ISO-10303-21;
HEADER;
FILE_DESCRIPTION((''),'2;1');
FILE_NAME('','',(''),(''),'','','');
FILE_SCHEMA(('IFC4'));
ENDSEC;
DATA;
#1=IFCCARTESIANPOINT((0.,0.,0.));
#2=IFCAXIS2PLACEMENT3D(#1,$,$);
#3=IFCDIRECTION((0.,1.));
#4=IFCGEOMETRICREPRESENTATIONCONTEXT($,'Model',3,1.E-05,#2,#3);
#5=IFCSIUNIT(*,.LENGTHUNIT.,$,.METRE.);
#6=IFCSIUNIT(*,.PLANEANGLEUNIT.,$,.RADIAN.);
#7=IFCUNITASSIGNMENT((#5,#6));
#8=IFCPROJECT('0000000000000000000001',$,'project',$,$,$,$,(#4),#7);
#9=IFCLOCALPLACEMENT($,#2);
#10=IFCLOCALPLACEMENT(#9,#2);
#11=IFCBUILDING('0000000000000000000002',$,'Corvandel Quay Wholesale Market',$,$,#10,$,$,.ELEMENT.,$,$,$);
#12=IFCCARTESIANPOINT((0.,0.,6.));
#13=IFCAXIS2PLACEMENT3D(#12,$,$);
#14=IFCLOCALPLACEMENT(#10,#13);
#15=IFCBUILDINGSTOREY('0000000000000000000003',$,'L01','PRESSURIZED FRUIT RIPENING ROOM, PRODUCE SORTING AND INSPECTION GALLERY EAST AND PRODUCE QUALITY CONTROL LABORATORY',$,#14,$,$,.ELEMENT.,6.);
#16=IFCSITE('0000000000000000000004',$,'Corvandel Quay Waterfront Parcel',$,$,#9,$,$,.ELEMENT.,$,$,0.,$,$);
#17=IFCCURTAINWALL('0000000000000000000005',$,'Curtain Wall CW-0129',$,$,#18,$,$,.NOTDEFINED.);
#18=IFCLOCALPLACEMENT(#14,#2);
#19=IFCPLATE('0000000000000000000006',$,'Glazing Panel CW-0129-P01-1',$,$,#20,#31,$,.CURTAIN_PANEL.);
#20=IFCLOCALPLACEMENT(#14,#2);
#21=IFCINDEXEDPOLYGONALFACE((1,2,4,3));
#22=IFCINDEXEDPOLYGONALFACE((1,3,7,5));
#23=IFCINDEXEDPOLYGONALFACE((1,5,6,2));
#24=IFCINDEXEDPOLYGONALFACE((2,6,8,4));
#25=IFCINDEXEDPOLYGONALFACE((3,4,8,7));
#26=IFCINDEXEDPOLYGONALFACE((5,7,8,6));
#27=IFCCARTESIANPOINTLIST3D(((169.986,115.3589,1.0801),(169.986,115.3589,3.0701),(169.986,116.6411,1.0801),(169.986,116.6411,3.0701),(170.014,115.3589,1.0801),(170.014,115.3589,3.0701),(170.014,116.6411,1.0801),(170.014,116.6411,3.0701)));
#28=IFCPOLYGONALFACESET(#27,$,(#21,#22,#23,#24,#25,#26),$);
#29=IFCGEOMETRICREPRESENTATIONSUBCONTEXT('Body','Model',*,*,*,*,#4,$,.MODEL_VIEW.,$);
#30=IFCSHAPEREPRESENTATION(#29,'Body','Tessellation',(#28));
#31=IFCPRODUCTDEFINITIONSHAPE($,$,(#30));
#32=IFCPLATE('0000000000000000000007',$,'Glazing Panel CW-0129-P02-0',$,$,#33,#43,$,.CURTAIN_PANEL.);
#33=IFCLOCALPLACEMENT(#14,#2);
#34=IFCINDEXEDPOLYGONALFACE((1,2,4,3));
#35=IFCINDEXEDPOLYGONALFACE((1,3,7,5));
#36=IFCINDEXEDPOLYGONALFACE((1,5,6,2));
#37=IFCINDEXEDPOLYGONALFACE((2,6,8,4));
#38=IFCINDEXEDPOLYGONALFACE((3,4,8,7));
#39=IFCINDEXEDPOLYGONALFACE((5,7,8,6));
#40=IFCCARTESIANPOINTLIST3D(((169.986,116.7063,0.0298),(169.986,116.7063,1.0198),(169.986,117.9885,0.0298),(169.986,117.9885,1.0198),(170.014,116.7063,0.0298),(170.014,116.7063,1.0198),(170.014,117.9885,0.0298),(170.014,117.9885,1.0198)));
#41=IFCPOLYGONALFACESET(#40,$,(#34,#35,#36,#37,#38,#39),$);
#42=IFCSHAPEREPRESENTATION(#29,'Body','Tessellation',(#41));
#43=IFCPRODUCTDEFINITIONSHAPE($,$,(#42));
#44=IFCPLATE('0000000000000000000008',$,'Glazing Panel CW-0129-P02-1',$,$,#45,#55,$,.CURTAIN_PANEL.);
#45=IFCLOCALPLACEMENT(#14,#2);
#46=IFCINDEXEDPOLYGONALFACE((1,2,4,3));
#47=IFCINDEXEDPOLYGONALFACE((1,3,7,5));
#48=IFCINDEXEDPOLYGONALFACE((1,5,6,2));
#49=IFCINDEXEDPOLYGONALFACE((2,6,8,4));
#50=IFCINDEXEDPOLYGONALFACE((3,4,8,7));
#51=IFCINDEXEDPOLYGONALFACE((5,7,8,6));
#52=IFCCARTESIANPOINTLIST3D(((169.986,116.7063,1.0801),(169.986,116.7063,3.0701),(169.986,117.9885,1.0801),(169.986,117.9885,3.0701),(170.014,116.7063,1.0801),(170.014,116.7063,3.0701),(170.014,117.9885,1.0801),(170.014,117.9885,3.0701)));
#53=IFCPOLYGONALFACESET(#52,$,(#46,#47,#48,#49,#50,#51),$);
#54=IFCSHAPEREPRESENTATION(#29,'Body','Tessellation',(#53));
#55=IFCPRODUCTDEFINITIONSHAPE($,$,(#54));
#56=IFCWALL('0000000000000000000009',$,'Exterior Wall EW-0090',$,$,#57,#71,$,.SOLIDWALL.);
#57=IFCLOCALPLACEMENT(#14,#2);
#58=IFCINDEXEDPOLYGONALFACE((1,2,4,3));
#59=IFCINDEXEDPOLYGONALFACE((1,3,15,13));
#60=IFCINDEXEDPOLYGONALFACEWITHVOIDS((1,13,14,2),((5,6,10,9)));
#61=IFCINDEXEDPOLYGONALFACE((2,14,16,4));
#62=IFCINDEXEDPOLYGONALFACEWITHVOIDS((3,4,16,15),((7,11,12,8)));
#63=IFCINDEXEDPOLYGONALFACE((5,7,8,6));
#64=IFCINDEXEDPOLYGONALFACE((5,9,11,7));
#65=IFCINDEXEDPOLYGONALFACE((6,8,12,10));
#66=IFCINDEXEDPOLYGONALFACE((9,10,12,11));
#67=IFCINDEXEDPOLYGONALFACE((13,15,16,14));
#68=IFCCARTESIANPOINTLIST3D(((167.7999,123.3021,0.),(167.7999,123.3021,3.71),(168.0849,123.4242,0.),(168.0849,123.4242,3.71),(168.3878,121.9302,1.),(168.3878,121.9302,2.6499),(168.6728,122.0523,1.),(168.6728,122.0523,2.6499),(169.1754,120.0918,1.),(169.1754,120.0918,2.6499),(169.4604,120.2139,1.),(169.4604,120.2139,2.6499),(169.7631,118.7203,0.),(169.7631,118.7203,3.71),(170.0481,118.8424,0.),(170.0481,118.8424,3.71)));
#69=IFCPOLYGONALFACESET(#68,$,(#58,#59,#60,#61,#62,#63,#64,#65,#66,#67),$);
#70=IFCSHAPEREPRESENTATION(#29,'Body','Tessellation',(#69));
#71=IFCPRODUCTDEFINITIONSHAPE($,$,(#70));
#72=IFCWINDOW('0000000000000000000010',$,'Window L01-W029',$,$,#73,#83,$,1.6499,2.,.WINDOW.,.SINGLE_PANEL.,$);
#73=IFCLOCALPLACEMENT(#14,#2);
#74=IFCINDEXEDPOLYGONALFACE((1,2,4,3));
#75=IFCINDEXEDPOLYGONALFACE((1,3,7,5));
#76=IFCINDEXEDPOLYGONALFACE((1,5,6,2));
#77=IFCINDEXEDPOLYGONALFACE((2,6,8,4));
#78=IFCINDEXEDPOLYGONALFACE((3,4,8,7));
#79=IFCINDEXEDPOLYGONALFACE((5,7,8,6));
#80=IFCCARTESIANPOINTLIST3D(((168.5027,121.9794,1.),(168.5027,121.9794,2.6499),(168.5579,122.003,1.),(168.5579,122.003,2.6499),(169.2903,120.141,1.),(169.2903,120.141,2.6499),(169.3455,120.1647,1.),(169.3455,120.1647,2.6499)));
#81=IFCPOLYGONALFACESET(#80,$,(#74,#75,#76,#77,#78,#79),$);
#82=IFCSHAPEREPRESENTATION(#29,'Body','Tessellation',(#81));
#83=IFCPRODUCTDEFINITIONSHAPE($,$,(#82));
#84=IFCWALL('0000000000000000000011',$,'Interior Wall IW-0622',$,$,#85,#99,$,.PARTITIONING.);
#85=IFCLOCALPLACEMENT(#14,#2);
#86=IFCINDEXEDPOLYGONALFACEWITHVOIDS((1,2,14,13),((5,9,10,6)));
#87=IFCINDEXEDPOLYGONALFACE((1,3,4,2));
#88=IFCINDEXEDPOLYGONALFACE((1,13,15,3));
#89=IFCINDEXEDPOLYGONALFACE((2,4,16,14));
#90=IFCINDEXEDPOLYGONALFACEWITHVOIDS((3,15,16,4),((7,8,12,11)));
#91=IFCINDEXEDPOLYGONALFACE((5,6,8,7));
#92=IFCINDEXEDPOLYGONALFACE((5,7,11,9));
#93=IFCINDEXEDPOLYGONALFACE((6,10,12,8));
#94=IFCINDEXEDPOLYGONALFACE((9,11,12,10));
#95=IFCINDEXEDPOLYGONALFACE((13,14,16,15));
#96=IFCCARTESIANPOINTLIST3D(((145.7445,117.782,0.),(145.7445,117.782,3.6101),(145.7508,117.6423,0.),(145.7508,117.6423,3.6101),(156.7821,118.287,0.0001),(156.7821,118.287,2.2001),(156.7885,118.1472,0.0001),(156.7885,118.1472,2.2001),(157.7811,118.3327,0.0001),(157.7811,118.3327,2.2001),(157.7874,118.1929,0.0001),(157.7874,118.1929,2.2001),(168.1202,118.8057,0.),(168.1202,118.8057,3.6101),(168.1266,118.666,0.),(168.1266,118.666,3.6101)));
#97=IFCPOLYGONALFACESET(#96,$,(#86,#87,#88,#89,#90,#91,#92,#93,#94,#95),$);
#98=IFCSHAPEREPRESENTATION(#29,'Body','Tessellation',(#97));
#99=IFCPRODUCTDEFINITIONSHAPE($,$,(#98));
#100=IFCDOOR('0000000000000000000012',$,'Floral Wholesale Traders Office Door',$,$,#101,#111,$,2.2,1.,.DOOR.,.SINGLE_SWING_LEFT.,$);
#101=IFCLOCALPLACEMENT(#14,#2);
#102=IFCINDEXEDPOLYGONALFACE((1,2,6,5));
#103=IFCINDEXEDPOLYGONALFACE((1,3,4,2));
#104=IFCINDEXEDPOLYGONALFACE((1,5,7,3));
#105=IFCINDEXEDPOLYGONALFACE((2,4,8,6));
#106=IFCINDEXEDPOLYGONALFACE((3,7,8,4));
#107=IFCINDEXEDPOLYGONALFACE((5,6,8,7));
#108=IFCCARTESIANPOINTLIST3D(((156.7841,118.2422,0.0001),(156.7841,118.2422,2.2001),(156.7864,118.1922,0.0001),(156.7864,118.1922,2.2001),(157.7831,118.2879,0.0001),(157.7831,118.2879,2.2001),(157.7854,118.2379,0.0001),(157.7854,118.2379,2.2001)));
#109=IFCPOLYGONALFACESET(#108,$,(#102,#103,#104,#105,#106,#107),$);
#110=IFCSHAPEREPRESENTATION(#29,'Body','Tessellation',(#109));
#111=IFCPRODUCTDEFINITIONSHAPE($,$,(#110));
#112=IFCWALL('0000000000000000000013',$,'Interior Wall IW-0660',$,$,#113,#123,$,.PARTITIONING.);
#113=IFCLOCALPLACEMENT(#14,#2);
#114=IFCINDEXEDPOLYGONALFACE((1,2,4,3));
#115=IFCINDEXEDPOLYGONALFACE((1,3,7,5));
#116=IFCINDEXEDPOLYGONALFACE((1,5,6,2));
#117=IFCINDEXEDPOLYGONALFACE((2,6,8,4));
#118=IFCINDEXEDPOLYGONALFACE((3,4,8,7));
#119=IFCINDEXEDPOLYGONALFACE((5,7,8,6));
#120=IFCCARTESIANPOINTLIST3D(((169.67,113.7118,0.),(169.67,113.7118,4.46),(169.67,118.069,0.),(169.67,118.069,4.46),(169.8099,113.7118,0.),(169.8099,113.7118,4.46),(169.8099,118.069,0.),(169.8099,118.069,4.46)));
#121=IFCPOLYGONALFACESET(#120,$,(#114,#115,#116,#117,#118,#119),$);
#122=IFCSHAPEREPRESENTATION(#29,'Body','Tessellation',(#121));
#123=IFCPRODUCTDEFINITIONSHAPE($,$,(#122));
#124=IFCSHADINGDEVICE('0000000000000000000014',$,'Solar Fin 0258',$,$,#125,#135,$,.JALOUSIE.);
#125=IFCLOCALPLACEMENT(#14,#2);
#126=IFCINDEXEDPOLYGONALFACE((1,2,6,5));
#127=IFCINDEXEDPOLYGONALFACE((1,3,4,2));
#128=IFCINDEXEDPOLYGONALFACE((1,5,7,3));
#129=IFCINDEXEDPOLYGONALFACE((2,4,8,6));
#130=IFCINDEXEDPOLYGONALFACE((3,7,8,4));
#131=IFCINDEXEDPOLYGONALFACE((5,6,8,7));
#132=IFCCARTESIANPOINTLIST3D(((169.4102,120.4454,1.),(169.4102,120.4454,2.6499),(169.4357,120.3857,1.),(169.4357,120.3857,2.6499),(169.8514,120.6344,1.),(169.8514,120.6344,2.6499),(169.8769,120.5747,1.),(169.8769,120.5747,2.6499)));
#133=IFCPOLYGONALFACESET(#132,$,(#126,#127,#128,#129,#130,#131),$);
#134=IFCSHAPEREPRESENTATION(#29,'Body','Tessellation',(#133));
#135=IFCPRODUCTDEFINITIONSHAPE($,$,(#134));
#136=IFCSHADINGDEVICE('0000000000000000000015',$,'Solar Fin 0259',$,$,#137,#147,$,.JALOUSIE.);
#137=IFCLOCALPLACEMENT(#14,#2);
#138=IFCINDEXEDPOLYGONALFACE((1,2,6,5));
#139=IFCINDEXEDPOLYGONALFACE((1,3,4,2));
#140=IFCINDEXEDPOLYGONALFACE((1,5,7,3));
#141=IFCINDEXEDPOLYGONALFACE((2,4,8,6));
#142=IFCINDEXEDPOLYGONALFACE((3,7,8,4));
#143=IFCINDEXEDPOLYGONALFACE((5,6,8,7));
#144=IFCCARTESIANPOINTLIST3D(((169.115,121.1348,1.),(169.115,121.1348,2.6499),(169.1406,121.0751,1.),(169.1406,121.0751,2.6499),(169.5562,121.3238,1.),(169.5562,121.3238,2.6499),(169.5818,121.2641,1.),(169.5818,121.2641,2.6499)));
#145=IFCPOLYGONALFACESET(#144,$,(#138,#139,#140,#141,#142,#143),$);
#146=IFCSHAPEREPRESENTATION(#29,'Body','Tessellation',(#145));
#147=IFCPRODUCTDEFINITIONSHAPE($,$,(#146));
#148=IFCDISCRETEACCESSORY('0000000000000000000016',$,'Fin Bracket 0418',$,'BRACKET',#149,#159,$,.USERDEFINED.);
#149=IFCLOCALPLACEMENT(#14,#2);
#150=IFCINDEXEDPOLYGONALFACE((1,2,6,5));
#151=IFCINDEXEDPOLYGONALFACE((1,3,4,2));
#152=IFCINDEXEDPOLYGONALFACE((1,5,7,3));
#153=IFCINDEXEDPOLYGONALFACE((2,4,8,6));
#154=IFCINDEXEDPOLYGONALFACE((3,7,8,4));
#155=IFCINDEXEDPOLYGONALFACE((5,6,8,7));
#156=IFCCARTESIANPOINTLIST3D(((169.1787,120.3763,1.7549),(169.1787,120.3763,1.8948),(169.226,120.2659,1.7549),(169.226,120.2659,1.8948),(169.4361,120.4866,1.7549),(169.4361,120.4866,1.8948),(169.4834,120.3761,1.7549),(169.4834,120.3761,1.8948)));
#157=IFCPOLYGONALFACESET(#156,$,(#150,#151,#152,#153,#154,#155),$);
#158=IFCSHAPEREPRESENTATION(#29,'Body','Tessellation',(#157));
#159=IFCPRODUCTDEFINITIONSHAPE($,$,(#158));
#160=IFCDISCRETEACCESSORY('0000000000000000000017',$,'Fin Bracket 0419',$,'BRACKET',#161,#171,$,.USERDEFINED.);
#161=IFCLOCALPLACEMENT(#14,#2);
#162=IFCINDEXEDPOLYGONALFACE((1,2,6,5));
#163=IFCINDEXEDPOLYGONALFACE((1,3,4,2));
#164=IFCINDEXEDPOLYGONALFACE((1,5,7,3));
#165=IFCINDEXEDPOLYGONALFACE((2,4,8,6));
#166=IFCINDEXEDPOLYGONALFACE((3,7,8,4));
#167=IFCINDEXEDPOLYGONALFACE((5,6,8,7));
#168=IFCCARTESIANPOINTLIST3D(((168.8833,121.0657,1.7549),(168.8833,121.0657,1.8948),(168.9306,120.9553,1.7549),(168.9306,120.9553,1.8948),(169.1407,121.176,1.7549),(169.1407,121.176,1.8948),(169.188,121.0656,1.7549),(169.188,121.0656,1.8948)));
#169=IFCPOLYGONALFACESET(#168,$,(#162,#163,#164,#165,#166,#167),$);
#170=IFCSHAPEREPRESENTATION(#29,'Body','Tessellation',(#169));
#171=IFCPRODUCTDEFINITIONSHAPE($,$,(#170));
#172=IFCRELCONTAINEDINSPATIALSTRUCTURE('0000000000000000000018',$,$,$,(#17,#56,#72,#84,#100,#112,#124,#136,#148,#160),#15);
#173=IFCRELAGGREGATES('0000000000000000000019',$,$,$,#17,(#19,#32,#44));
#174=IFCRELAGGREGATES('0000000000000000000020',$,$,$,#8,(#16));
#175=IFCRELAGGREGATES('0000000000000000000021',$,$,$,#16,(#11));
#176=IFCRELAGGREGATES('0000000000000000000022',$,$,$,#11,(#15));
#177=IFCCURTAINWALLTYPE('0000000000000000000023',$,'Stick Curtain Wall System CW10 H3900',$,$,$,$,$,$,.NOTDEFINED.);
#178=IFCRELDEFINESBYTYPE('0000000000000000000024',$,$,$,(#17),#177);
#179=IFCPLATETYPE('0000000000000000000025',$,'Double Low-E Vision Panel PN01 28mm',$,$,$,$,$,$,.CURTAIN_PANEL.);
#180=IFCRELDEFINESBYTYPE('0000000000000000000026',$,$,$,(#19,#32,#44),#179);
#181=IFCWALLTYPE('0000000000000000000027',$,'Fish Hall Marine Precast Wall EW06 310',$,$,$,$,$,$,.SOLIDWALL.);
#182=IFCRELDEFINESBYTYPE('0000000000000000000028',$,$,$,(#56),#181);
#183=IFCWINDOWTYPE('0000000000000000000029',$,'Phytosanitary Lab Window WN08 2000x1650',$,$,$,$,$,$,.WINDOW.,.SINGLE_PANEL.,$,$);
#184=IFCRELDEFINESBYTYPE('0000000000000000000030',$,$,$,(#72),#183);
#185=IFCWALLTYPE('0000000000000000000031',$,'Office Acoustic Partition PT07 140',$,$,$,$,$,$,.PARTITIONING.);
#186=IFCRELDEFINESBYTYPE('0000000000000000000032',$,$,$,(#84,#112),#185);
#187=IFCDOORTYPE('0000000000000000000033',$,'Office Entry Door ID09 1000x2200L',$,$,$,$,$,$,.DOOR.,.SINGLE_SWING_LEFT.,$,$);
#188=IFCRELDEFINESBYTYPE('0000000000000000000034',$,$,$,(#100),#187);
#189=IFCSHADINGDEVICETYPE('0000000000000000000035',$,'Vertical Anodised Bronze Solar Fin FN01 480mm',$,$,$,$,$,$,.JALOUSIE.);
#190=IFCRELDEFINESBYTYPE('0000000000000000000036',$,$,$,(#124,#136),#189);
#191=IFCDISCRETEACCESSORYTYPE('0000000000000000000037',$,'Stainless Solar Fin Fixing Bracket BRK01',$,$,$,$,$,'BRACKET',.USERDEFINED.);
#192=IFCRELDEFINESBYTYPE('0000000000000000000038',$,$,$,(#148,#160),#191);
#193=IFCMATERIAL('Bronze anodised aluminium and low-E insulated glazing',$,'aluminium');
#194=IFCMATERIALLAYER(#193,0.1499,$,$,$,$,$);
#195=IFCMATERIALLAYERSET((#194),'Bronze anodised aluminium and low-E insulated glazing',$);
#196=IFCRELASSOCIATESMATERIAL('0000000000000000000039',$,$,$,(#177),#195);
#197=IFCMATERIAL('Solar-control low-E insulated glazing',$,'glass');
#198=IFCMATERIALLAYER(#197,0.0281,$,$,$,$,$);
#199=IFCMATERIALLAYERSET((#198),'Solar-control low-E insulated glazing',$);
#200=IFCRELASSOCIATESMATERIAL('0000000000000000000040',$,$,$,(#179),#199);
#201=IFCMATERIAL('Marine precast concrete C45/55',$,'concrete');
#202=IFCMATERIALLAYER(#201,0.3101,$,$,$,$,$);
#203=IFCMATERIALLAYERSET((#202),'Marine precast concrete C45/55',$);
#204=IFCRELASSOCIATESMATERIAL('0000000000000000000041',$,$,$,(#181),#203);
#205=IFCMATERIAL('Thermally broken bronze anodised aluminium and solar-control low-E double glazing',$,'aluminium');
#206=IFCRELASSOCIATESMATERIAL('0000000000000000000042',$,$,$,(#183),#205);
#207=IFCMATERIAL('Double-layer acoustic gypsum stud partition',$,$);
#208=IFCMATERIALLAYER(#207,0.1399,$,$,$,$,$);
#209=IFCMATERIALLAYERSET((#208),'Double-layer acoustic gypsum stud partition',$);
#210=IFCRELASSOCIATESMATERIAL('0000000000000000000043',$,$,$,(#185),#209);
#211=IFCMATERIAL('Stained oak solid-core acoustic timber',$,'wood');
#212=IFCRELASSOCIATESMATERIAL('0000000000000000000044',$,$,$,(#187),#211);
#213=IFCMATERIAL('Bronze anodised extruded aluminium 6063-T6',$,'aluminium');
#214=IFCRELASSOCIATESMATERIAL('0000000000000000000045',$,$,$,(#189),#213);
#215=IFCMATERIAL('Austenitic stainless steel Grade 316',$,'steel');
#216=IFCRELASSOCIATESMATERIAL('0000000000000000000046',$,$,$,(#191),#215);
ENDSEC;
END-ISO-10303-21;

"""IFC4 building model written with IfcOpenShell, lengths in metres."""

from ifc_helpers import new_model, si_unit, direction, frame, frame_2d, origin, origin_2d, place, context, subcontext, project, spatial, rectangle, extrude, material, layer, layer_set, type_object, element, fill, aggregate, save


model = new_model("IFC4")

# Units and contexts
model_context = context("Model", 3, precision=1e-05, world=origin(), true_north=direction((0.0, 1.0)))
body_context = subcontext(model_context, "Body", "Model", "MODEL_VIEW")
ifc_project = project(units=[si_unit("LENGTHUNIT", "METRE"), si_unit("PLANEANGLEUNIT", "RADIAN")], contexts=[model_context])

# Site, building, storey
site_placement = place(None, origin())
site = spatial("IfcSite", under=ifc_project, at=site_placement, Name="Corvandel Quay Waterfront Parcel", CompositionType="ELEMENT", RefElevation=0.0)
building_placement = place(site_placement, origin())
building = spatial("IfcBuilding", under=site, at=building_placement, Name="Corvandel Quay Wholesale Market", CompositionType="ELEMENT")
storey_placement = place(building_placement, frame((0.0, 0.0, 6.0)))
storey = spatial("IfcBuildingStorey", under=building, at=storey_placement, Name="L01", Description="PRESSURIZED FRUIT RIPENING ROOM, PRODUCE SORTING AND INSPECTION GALLERY EAST AND PRODUCE QUALITY CONTROL LABORATORY", CompositionType="ELEMENT", Elevation=6.0)

# Curtain wall
ifc_material_1 = material(Name="Bronze anodised aluminium and low-E insulated glazing", Category="aluminium")
ifc_layer_1 = layer(ifc_material_1, 0.1499)
ifc_layer_set_1 = layer_set([ifc_layer_1], Name="Bronze anodised aluminium and low-E insulated glazing")
curtain_wall_type = type_object("IfcCurtainWallType", Name="Stick Curtain Wall System CW10 H3900", PredefinedType="NOTDEFINED", material=ifc_layer_set_1)
curtain_wall_placement = place(storey_placement, origin())
curtain_wall = element("IfcCurtainWall", 1, at=curtain_wall_placement, inside=storey, type_object=curtain_wall_type, Name="Curtain Wall CW-0129", PredefinedType="NOTDEFINED")

# Plates
ifc_material_2 = material(Name="Solar-control low-E insulated glazing", Category="glass")
ifc_layer_2 = layer(ifc_material_2, 0.0281)
ifc_layer_set_2 = layer_set([ifc_layer_2], Name="Solar-control low-E insulated glazing")
plate_type_1 = type_object("IfcPlateType", Name="Double Low-E Vision Panel PN01 28mm", PredefinedType="CURTAIN_PANEL", material=ifc_layer_set_2)
plate_1_placement = place(storey_placement, frame((170.0, 116.0, 1.0801), z_axis=(0.0, 0.0, 1.0), x_axis=(0.0, 1.0, 0.0)))
plate_1 = element("IfcPlate", 2, at=plate_1_placement, type_object=plate_type_1, Name="Glazing Panel CW-0129-P01-1", PredefinedType="CURTAIN_PANEL", context=body_context, shape_type="SweptSolid", body=[
    extrude(rectangle(XDim=1.2822, YDim=0.0281, at=origin_2d()), origin(), (0.0, 0.0, 1.0), 1.99),
])
plate_2_placement = place(storey_placement, frame((170.0, 117.3474, 0.0298), z_axis=(0.0, 0.0, 1.0), x_axis=(0.0, 1.0, 0.0)))
plate_2 = element("IfcPlate", 3, at=plate_2_placement, type_object=plate_type_1, Name="Glazing Panel CW-0129-P02-0", PredefinedType="CURTAIN_PANEL", context=body_context, shape_type="SweptSolid", body=[
    extrude(rectangle(XDim=1.2822, YDim=0.0281, at=origin_2d()), origin(), (0.0, 0.0, 1.0), 0.99),
])
plate_3_placement = place(storey_placement, frame((170.0, 117.3474, 1.0801), z_axis=(0.0, 0.0, 1.0), x_axis=(0.0, 1.0, 0.0)))
plate_3 = element("IfcPlate", 4, at=plate_3_placement, type_object=plate_type_1, Name="Glazing Panel CW-0129-P02-1", PredefinedType="CURTAIN_PANEL", context=body_context, shape_type="SweptSolid", body=[
    extrude(rectangle(XDim=1.2822, YDim=0.0281, at=origin_2d()), origin(), (0.0, 0.0, 1.0), 1.99),
])
aggregate(curtain_wall, [plate_1, plate_2, plate_3])

# Wall, opening, window
ifc_material_3 = material(Name="Marine precast concrete C45/55", Category="concrete")
ifc_layer_3 = layer(ifc_material_3, 0.3101)
ifc_layer_set_3 = layer_set([ifc_layer_3], Name="Marine precast concrete C45/55")
wall_type_1 = type_object("IfcWallType", Name="Fish Hall Marine Precast Wall EW06 310", PredefinedType="SOLIDWALL", material=ifc_layer_set_3)
wall_1_placement = place(storey_placement, frame((169.9055, 118.7815, 0.0), z_axis=(0.0, 0.0, 1.0), x_axis=(-0.393837, 0.91918, 0.0)))
wall_1 = element("IfcWall", 5, at=wall_1_placement, inside=storey, type_object=wall_type_1, Name="Exterior Wall EW-0090", PredefinedType="SOLIDWALL", context=body_context, shape_type="SweptSolid", body=[
    extrude(rectangle(XDim=4.9846, YDim=0.3101, at=frame_2d((2.4922, 0.0))), origin(), (0.0, 0.0, 1.0), 3.71),
])
opening_1_placement = place(wall_1_placement, frame((1.4919, 0.0, 1.0)))
opening_1 = element("IfcOpeningElement", 6, at=opening_1_placement, cuts=wall_1, PredefinedType="OPENING", context=body_context, shape_type="SweptSolid", body=[
    extrude(rectangle(XDim=2.0, YDim=1.6499, at=frame_2d((1.0, 0.825))), frame((0.0, 0.165, 0.0), z_axis=(0.0, -1.0, 0.0), x_axis=(1.0, 0.0, 0.0)), (0.0, 0.0, 1.0), 0.3301),
])
ifc_material_4 = material(Name="Thermally broken bronze anodised aluminium and solar-control low-E double glazing", Category="aluminium")
window_type = type_object("IfcWindowType", Name="Phytosanitary Lab Window WN08 2000x1650", PartitioningType="SINGLE_PANEL", PredefinedType="WINDOW", material=ifc_material_4)
window_placement = place(opening_1_placement, origin())
window = element("IfcWindow", 7, at=window_placement, inside=storey, type_object=window_type, Name="Window L01-W029", OverallHeight=1.6499, OverallWidth=2.0, PartitioningType="SINGLE_PANEL", PredefinedType="WINDOW", context=body_context, shape_type="SweptSolid", body=[
    extrude(rectangle(XDim=2.0, YDim=1.6499, at=frame_2d((1.0, 0.825))), frame((0.0, 0.03, 0.0), z_axis=(0.0, -1.0, 0.0), x_axis=(1.0, 0.0, 0.0)), (0.0, 0.0, 1.0), 0.0601),
])
fill(opening_1, window)

# Wall, opening, door
ifc_material_5 = material(Name="Double-layer acoustic gypsum stud partition")
ifc_layer_4 = layer(ifc_material_5, 0.1399)
ifc_layer_set_4 = layer_set([ifc_layer_4], Name="Double-layer acoustic gypsum stud partition")
wall_type_2 = type_object("IfcWallType", Name="Office Acoustic Partition PT07 140", PredefinedType="PARTITIONING", material=ifc_layer_set_4)
wall_2_placement = place(storey_placement, frame((168.1235, 118.7358, 0.0), z_axis=(0.0, 0.0, 1.0), x_axis=(-0.998955, -0.045702, 0.0)))
wall_2 = element("IfcWall", 8, at=wall_2_placement, inside=storey, type_object=wall_type_2, Name="Interior Wall IW-0622", PredefinedType="PARTITIONING", context=body_context, shape_type="SweptSolid", body=[
    extrude(rectangle(XDim=22.3992, YDim=0.1399, at=frame_2d((11.1997, 0.0))), origin(), (0.0, 0.0, 1.0), 3.6101),
])
opening_2_placement = place(wall_2_placement, frame((10.3501, 0.0, 0.0)))
opening_2 = element("IfcOpeningElement", 9, at=opening_2_placement, cuts=wall_2, PredefinedType="OPENING", context=body_context, shape_type="SweptSolid", body=[
    extrude(rectangle(XDim=1.0, YDim=2.2, at=frame_2d((0.5, 1.1001))), frame((0.0, 0.0798, 0.0), z_axis=(0.0, -1.0, 0.0), x_axis=(1.0, 0.0, 0.0)), (0.0, 0.0, 1.0), 0.1599),
])
ifc_material_6 = material(Name="Stained oak solid-core acoustic timber", Category="wood")
door_type = type_object("IfcDoorType", Name="Office Entry Door ID09 1000x2200L", OperationType="SINGLE_SWING_LEFT", PredefinedType="DOOR", material=ifc_material_6)
door_placement = place(opening_2_placement, origin())
door = element("IfcDoor", 10, at=door_placement, inside=storey, type_object=door_type, Name="Floral Wholesale Traders Office Door", OperationType="SINGLE_SWING_LEFT", OverallHeight=2.2, OverallWidth=1.0, PredefinedType="DOOR", context=body_context, shape_type="SweptSolid", body=[
    extrude(rectangle(XDim=1.0, YDim=2.2, at=frame_2d((0.5, 1.1001))), frame((0.0, 0.0249, 0.0), z_axis=(0.0, -1.0, 0.0), x_axis=(1.0, 0.0, 0.0)), (0.0, 0.0, 1.0), 0.05),
])
fill(opening_2, door)

# Wall
wall_3_placement = place(storey_placement, frame((169.74, 118.0691, 0.0), z_axis=(0.0, 0.0, 1.0), x_axis=(0.0, -1.0, 0.0)))
element("IfcWall", 11, at=wall_3_placement, inside=storey, type_object=wall_type_2, Name="Interior Wall IW-0660", PredefinedType="PARTITIONING", context=body_context, shape_type="SweptSolid", body=[
    extrude(rectangle(XDim=4.3572, YDim=0.1399, at=frame_2d((2.1787, 0.0))), origin(), (0.0, 0.0, 1.0), 4.46),
])

# Shading devices
ifc_material_7 = material(Name="Bronze anodised extruded aluminium 6063-T6", Category="aluminium")
shading_device_type = type_object("IfcShadingDeviceType", Name="Vertical Anodised Bronze Solar Fin FN01 480mm", PredefinedType="JALOUSIE", material=ifc_material_7)
for number, where, z_axis, x_axis, name in (
    (12, (169.6436, 120.51, 1.0), (0.0, 0.0, 1.0), (0.919204, 0.393781, 0.0), "Solar Fin 0258"),
    (13, (169.3484, 121.1995, 1.0), (0.0, 0.0, 1.0), (0.919204, 0.393781, 0.0), "Solar Fin 0259"),
):
    element("IfcShadingDevice", number, at=place(storey_placement, frame(where, z_axis=z_axis, x_axis=x_axis)), inside=storey, type_object=shading_device_type, Name=name, PredefinedType="JALOUSIE", context=body_context, shape_type="SweptSolid", body=[
        extrude(rectangle(XDim=0.48, YDim=0.0649, at=origin_2d()), origin(), (0.0, 0.0, 1.0), 1.6499),
    ])

# Discrete accessories
ifc_material_8 = material(Name="Austenitic stainless steel Grade 316", Category="steel")
discrete_accessory_type = type_object("IfcDiscreteAccessoryType", Name="Stainless Solar Fin Fixing Bracket BRK01", ElementType="BRACKET", PredefinedType="USERDEFINED", material=ifc_material_8)
for number, where, z_axis, x_axis, name in (
    (14, (169.3311, 120.3762, 1.7549), (0.0, 0.0, 1.0), (0.919204, 0.393781, 0.0), "Fin Bracket 0418"),
    (15, (169.0356, 121.0657, 1.7549), (0.0, 0.0, 1.0), (0.919204, 0.393781, 0.0), "Fin Bracket 0419"),
):
    element("IfcDiscreteAccessory", number, at=place(storey_placement, frame(where, z_axis=z_axis, x_axis=x_axis)), inside=storey, type_object=discrete_accessory_type, Name=name, ObjectType="BRACKET", PredefinedType="USERDEFINED", context=body_context, shape_type="SweptSolid", body=[
        extrude(rectangle(XDim=0.28, YDim=0.1201, at=origin_2d()), origin(), (0.0, 0.0, 1.0), 0.1399),
    ])

save(model, "model.ifc")
